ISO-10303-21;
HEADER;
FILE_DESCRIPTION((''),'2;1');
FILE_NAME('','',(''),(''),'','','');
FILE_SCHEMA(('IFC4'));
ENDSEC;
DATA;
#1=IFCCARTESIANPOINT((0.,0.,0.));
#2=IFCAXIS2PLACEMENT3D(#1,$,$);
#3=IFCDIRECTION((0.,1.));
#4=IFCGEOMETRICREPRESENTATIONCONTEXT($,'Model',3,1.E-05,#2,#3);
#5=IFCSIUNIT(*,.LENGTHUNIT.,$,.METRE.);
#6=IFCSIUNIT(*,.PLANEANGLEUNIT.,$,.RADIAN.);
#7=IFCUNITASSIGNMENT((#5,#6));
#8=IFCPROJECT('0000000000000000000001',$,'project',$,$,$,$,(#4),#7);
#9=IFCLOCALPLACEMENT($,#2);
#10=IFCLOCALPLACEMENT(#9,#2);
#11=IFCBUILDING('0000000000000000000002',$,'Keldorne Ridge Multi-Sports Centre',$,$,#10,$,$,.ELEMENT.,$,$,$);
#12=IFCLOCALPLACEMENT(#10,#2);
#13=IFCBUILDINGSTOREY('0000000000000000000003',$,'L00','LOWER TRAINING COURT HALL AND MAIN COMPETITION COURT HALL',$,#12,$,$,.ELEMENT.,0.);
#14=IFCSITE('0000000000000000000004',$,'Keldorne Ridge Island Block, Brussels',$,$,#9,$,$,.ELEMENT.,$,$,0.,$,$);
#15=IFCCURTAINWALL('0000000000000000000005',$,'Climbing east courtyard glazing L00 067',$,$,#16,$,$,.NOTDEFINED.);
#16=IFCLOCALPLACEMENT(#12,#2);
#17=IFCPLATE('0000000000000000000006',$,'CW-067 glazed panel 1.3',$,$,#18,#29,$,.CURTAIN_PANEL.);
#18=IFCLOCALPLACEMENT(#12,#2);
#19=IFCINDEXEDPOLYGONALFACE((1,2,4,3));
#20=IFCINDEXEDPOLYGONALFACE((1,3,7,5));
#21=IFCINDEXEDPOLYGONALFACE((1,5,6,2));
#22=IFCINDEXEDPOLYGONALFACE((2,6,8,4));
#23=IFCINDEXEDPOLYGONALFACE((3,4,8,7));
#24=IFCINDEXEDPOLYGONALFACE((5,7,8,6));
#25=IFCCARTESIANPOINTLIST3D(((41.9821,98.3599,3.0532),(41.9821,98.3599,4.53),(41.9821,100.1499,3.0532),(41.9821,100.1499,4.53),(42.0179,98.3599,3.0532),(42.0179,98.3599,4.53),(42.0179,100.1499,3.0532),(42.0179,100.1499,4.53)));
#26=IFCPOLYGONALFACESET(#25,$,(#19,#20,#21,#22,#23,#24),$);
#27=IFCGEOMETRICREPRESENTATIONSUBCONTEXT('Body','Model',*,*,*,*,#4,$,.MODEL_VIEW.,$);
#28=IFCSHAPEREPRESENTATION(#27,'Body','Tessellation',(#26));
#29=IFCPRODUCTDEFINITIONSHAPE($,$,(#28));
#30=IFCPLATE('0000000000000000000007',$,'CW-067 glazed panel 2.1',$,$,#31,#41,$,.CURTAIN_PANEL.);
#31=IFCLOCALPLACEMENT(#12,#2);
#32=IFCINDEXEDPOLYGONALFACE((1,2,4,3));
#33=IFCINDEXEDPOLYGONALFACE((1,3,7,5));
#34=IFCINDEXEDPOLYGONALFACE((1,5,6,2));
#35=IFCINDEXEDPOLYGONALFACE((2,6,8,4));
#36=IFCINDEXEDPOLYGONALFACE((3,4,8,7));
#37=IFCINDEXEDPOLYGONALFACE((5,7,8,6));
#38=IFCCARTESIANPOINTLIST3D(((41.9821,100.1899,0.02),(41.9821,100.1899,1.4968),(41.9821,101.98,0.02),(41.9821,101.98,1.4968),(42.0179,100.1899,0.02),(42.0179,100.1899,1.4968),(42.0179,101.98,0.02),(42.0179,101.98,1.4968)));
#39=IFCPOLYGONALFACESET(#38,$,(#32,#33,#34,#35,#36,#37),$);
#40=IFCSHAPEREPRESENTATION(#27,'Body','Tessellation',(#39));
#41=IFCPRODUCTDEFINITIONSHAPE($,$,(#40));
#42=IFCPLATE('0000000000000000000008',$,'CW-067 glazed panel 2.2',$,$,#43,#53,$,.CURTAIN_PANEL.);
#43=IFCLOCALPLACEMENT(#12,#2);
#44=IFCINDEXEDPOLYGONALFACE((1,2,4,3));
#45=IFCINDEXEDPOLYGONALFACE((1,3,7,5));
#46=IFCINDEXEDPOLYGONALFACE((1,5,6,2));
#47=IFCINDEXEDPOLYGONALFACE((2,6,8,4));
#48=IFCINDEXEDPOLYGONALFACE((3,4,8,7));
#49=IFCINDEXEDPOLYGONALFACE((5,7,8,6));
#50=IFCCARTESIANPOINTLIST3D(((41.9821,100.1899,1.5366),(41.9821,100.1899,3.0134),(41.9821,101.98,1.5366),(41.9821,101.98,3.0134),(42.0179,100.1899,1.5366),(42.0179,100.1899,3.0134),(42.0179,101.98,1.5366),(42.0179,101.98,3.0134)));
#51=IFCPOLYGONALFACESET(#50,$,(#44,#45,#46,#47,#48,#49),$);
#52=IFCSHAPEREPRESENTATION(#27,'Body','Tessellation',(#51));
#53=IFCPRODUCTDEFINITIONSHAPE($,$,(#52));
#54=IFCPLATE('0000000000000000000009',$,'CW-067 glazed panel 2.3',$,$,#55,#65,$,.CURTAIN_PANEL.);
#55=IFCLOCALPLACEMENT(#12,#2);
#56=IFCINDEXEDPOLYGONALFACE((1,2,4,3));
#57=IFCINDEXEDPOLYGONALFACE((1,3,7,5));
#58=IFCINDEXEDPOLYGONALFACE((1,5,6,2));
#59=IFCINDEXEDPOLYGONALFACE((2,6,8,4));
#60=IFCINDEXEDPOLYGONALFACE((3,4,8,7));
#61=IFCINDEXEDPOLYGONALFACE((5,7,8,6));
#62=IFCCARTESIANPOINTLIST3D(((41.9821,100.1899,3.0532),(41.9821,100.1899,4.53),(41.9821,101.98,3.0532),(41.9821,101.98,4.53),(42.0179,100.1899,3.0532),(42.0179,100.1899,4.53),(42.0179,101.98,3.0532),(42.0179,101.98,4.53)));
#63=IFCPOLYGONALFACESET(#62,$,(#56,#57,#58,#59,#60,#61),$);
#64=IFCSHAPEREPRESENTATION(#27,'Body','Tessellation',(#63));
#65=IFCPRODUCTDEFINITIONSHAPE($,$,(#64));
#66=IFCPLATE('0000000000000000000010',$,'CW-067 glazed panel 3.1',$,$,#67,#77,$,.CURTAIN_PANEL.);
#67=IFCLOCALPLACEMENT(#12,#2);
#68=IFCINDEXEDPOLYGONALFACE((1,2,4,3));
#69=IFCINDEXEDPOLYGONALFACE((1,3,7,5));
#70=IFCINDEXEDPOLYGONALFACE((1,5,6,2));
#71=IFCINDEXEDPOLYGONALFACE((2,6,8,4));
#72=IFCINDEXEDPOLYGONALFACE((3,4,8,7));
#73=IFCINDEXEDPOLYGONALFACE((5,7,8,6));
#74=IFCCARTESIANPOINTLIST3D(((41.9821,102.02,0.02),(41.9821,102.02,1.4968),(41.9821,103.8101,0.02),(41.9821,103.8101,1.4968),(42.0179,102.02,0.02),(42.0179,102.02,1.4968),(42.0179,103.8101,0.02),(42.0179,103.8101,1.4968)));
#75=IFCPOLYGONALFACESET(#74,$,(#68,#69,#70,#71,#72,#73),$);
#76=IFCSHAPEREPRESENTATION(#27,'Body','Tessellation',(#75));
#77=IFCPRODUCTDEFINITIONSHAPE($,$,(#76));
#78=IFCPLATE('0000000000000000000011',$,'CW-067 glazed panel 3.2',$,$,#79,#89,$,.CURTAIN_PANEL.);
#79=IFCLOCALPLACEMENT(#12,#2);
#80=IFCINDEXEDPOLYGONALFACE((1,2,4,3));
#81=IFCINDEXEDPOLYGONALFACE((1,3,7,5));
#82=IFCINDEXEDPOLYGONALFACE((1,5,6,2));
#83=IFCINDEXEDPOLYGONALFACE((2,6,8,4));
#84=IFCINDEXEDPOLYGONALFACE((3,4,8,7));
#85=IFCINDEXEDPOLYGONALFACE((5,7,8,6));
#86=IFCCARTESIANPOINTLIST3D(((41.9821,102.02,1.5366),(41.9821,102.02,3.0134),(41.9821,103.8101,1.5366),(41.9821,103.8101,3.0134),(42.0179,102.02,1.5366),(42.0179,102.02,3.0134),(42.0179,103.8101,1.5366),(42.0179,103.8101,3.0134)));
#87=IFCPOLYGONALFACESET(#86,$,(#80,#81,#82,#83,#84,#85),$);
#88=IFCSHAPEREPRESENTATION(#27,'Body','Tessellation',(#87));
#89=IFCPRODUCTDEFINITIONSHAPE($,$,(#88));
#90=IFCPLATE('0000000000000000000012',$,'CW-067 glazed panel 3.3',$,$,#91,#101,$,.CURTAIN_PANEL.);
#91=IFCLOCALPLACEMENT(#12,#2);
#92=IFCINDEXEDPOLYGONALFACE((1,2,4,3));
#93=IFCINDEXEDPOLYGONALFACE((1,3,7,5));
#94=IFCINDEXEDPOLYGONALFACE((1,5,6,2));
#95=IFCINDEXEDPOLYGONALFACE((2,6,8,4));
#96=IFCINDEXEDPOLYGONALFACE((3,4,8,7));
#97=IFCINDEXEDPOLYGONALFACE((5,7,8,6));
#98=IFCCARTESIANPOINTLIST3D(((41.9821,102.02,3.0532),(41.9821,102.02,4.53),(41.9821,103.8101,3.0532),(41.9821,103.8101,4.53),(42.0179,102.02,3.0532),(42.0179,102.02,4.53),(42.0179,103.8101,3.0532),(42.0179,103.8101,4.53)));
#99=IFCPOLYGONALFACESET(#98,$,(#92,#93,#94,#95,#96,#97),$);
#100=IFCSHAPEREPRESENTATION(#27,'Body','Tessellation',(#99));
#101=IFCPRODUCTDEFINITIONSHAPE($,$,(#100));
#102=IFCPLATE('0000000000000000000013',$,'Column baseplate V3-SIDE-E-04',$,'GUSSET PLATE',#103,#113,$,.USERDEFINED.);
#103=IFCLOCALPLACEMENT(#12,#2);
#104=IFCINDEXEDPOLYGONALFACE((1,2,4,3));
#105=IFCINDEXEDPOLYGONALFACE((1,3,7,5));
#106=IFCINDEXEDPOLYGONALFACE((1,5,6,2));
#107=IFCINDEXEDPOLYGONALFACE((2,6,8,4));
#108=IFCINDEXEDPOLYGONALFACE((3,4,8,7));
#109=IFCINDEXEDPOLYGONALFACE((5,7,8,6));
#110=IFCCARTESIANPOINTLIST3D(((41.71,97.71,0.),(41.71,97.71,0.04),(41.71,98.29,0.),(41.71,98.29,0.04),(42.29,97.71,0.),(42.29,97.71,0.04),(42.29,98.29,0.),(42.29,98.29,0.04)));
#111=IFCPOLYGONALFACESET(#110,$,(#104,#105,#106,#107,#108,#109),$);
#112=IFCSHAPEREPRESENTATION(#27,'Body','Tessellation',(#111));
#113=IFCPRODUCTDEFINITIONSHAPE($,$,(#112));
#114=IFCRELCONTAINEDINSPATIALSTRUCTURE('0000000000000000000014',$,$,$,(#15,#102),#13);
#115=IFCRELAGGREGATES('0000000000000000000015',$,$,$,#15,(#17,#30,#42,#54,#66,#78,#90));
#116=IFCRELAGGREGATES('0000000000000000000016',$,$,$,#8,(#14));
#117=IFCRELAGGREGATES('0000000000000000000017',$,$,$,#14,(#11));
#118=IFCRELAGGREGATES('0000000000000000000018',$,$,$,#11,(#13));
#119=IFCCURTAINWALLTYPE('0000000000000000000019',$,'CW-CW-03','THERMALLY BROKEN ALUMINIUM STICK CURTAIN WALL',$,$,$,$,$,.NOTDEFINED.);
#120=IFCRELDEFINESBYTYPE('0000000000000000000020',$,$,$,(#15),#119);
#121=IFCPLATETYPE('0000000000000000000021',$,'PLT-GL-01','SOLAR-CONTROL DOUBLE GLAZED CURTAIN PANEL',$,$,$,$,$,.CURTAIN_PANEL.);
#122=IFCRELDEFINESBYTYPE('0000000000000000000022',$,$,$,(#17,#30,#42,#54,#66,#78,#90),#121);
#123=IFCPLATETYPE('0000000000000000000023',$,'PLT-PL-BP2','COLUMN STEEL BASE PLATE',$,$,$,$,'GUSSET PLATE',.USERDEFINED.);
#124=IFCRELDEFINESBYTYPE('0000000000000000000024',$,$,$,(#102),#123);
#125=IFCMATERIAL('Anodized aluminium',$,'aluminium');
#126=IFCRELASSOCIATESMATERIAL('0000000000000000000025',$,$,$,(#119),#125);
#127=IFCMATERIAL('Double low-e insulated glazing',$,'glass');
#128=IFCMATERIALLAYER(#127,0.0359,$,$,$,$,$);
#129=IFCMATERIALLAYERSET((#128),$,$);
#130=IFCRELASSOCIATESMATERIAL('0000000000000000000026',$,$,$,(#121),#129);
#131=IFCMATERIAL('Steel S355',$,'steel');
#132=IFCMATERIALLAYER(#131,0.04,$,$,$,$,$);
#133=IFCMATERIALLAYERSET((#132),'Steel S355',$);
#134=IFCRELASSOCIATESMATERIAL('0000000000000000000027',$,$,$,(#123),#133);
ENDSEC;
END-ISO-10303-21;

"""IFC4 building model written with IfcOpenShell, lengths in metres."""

from ifc_helpers import new_model, si_unit, direction, frame, origin, origin_2d, place, context, subcontext, project, spatial, rectangle, extrude, material, layer, layer_set, type_object, element, aggregate, save


model = new_model("IFC4")

# Units and contexts
model_context = context("Model", 3, precision=1e-05, world=origin(), true_north=direction((0.0, 1.0)))
body_context = subcontext(model_context, "Body", "Model", "MODEL_VIEW")
ifc_project = project(units=[si_unit("LENGTHUNIT", "METRE"), si_unit("PLANEANGLEUNIT", "RADIAN")], contexts=[model_context])

# Site, building, storey
site_placement = place(None, origin())
site = spatial("IfcSite", under=ifc_project, at=site_placement, Name="Keldorne Ridge Island Block, Brussels", CompositionType="ELEMENT", RefElevation=0.0)
building_placement = place(site_placement, origin())
building = spatial("IfcBuilding", under=site, at=building_placement, Name="Keldorne Ridge Multi-Sports Centre", CompositionType="ELEMENT")
storey_placement = place(building_placement, origin())
storey = spatial("IfcBuildingStorey", under=building, at=storey_placement, Name="L00", Description="LOWER TRAINING COURT HALL AND MAIN COMPETITION COURT HALL", CompositionType="ELEMENT", Elevation=0.0)

# Shared definitions
ifc_material_1 = material(Name="Steel S355", Category="steel")

# Shared definitions
ifc_material_2 = material(Name="Anodized aluminium", Category="aluminium")

# Curtain wall
curtain_wall_type_1 = type_object("IfcCurtainWallType", Name="CW-CW-03", Description="THERMALLY BROKEN ALUMINIUM STICK CURTAIN WALL", PredefinedType="NOTDEFINED", material=ifc_material_2)
curtain_wall_1_placement = place(storey_placement, origin())
curtain_wall_1 = element("IfcCurtainWall", 1, at=curtain_wall_1_placement, inside=storey, type_object=curtain_wall_type_1, Name="Climbing east courtyard glazing L00 067", PredefinedType="NOTDEFINED")

# Plates
ifc_material_3 = material(Name="Double low-e insulated glazing", Category="glass")
ifc_layer_1 = layer(ifc_material_3, 0.0359)
ifc_layer_set_1 = layer_set([ifc_layer_1])
plate_type_1 = type_object("IfcPlateType", Name="PLT-GL-01", Description="SOLAR-CONTROL DOUBLE GLAZED CURTAIN PANEL", PredefinedType="CURTAIN_PANEL", material=ifc_layer_set_1)
plate_1_placement = place(storey_placement, frame((42.0, 99.2549, 3.0532), z_axis=(0.0, 0.0, 1.0), x_axis=(0.0, 1.0, 0.0)))
plate_1 = element("IfcPlate", 2, at=plate_1_placement, type_object=plate_type_1, Name="CW-067 glazed panel 1.3", PredefinedType="CURTAIN_PANEL", context=body_context, shape_type="SweptSolid", body=[
    extrude(rectangle(XDim=1.79, YDim=0.0359, at=origin_2d()), origin(), (0.0, 0.0, 1.0), 1.4768),
])
plate_2_placement = place(storey_placement, frame((42.0, 101.085, 0.02), z_axis=(0.0, 0.0, 1.0), x_axis=(0.0, 1.0, 0.0)))
plate_2 = element("IfcPlate", 3, at=plate_2_placement, type_object=plate_type_1, Name="CW-067 glazed panel 2.1", PredefinedType="CURTAIN_PANEL", context=body_context, shape_type="SweptSolid", body=[
    extrude(rectangle(XDim=1.79, YDim=0.0359, at=origin_2d()), origin(), (0.0, 0.0, 1.0), 1.4768),
])
plate_3_placement = place(storey_placement, frame((42.0, 101.085, 1.5366), z_axis=(0.0, 0.0, 1.0), x_axis=(0.0, 1.0, 0.0)))
plate_3 = element("IfcPlate", 4, at=plate_3_placement, type_object=plate_type_1, Name="CW-067 glazed panel 2.2", PredefinedType="CURTAIN_PANEL", context=body_context, shape_type="SweptSolid", body=[
    extrude(rectangle(XDim=1.79, YDim=0.0359, at=origin_2d()), origin(), (0.0, 0.0, 1.0), 1.4768),
])
plate_4_placement = place(storey_placement, frame((42.0, 101.085, 3.0532), z_axis=(0.0, 0.0, 1.0), x_axis=(0.0, 1.0, 0.0)))
plate_4 = element("IfcPlate", 5, at=plate_4_placement, type_object=plate_type_1, Name="CW-067 glazed panel 2.3", PredefinedType="CURTAIN_PANEL", context=body_context, shape_type="SweptSolid", body=[
    extrude(rectangle(XDim=1.79, YDim=0.0359, at=origin_2d()), origin(), (0.0, 0.0, 1.0), 1.4768),
])
plate_5_placement = place(storey_placement, frame((42.0, 102.915, 0.02), z_axis=(0.0, 0.0, 1.0), x_axis=(0.0, 1.0, 0.0)))
plate_5 = element("IfcPlate", 6, at=plate_5_placement, type_object=plate_type_1, Name="CW-067 glazed panel 3.1", PredefinedType="CURTAIN_PANEL", context=body_context, shape_type="SweptSolid", body=[
    extrude(rectangle(XDim=1.79, YDim=0.0359, at=origin_2d()), origin(), (0.0, 0.0, 1.0), 1.4768),
])
plate_6_placement = place(storey_placement, frame((42.0, 102.915, 1.5366), z_axis=(0.0, 0.0, 1.0), x_axis=(0.0, 1.0, 0.0)))
plate_6 = element("IfcPlate", 7, at=plate_6_placement, type_object=plate_type_1, Name="CW-067 glazed panel 3.2", PredefinedType="CURTAIN_PANEL", context=body_context, shape_type="SweptSolid", body=[
    extrude(rectangle(XDim=1.79, YDim=0.0359, at=origin_2d()), origin(), (0.0, 0.0, 1.0), 1.4768),
])
plate_7_placement = place(storey_placement, frame((42.0, 102.915, 3.0532), z_axis=(0.0, 0.0, 1.0), x_axis=(0.0, 1.0, 0.0)))
plate_7 = element("IfcPlate", 8, at=plate_7_placement, type_object=plate_type_1, Name="CW-067 glazed panel 3.3", PredefinedType="CURTAIN_PANEL", context=body_context, shape_type="SweptSolid", body=[
    extrude(rectangle(XDim=1.79, YDim=0.0359, at=origin_2d()), origin(), (0.0, 0.0, 1.0), 1.4768),
])
aggregate(curtain_wall_1, [plate_1, plate_2, plate_3, plate_4, plate_5, plate_6, plate_7])
ifc_layer_2 = layer(ifc_material_1, 0.04)
ifc_layer_set_2 = layer_set([ifc_layer_2], Name="Steel S355")
plate_type_2 = type_object("IfcPlateType", Name="PLT-PL-BP2", Description="COLUMN STEEL BASE PLATE", ElementType="GUSSET PLATE", PredefinedType="USERDEFINED", material=ifc_layer_set_2)
plate_8_placement = place(storey_placement, frame((42.0, 98.0, 0.0), z_axis=(0.0, 0.0, 1.0), x_axis=(1.0, 0.0, 0.0)))
element("IfcPlate", 9, at=plate_8_placement, inside=storey, type_object=plate_type_2, Name="Column baseplate V3-SIDE-E-04", ObjectType="GUSSET PLATE", PredefinedType="USERDEFINED", context=body_context, shape_type="SweptSolid", body=[
    extrude(rectangle(XDim=0.5801, YDim=0.5801, at=origin_2d()), origin(), (0.0, 0.0, 1.0), 0.04),
])

save(model, "model.ifc")
